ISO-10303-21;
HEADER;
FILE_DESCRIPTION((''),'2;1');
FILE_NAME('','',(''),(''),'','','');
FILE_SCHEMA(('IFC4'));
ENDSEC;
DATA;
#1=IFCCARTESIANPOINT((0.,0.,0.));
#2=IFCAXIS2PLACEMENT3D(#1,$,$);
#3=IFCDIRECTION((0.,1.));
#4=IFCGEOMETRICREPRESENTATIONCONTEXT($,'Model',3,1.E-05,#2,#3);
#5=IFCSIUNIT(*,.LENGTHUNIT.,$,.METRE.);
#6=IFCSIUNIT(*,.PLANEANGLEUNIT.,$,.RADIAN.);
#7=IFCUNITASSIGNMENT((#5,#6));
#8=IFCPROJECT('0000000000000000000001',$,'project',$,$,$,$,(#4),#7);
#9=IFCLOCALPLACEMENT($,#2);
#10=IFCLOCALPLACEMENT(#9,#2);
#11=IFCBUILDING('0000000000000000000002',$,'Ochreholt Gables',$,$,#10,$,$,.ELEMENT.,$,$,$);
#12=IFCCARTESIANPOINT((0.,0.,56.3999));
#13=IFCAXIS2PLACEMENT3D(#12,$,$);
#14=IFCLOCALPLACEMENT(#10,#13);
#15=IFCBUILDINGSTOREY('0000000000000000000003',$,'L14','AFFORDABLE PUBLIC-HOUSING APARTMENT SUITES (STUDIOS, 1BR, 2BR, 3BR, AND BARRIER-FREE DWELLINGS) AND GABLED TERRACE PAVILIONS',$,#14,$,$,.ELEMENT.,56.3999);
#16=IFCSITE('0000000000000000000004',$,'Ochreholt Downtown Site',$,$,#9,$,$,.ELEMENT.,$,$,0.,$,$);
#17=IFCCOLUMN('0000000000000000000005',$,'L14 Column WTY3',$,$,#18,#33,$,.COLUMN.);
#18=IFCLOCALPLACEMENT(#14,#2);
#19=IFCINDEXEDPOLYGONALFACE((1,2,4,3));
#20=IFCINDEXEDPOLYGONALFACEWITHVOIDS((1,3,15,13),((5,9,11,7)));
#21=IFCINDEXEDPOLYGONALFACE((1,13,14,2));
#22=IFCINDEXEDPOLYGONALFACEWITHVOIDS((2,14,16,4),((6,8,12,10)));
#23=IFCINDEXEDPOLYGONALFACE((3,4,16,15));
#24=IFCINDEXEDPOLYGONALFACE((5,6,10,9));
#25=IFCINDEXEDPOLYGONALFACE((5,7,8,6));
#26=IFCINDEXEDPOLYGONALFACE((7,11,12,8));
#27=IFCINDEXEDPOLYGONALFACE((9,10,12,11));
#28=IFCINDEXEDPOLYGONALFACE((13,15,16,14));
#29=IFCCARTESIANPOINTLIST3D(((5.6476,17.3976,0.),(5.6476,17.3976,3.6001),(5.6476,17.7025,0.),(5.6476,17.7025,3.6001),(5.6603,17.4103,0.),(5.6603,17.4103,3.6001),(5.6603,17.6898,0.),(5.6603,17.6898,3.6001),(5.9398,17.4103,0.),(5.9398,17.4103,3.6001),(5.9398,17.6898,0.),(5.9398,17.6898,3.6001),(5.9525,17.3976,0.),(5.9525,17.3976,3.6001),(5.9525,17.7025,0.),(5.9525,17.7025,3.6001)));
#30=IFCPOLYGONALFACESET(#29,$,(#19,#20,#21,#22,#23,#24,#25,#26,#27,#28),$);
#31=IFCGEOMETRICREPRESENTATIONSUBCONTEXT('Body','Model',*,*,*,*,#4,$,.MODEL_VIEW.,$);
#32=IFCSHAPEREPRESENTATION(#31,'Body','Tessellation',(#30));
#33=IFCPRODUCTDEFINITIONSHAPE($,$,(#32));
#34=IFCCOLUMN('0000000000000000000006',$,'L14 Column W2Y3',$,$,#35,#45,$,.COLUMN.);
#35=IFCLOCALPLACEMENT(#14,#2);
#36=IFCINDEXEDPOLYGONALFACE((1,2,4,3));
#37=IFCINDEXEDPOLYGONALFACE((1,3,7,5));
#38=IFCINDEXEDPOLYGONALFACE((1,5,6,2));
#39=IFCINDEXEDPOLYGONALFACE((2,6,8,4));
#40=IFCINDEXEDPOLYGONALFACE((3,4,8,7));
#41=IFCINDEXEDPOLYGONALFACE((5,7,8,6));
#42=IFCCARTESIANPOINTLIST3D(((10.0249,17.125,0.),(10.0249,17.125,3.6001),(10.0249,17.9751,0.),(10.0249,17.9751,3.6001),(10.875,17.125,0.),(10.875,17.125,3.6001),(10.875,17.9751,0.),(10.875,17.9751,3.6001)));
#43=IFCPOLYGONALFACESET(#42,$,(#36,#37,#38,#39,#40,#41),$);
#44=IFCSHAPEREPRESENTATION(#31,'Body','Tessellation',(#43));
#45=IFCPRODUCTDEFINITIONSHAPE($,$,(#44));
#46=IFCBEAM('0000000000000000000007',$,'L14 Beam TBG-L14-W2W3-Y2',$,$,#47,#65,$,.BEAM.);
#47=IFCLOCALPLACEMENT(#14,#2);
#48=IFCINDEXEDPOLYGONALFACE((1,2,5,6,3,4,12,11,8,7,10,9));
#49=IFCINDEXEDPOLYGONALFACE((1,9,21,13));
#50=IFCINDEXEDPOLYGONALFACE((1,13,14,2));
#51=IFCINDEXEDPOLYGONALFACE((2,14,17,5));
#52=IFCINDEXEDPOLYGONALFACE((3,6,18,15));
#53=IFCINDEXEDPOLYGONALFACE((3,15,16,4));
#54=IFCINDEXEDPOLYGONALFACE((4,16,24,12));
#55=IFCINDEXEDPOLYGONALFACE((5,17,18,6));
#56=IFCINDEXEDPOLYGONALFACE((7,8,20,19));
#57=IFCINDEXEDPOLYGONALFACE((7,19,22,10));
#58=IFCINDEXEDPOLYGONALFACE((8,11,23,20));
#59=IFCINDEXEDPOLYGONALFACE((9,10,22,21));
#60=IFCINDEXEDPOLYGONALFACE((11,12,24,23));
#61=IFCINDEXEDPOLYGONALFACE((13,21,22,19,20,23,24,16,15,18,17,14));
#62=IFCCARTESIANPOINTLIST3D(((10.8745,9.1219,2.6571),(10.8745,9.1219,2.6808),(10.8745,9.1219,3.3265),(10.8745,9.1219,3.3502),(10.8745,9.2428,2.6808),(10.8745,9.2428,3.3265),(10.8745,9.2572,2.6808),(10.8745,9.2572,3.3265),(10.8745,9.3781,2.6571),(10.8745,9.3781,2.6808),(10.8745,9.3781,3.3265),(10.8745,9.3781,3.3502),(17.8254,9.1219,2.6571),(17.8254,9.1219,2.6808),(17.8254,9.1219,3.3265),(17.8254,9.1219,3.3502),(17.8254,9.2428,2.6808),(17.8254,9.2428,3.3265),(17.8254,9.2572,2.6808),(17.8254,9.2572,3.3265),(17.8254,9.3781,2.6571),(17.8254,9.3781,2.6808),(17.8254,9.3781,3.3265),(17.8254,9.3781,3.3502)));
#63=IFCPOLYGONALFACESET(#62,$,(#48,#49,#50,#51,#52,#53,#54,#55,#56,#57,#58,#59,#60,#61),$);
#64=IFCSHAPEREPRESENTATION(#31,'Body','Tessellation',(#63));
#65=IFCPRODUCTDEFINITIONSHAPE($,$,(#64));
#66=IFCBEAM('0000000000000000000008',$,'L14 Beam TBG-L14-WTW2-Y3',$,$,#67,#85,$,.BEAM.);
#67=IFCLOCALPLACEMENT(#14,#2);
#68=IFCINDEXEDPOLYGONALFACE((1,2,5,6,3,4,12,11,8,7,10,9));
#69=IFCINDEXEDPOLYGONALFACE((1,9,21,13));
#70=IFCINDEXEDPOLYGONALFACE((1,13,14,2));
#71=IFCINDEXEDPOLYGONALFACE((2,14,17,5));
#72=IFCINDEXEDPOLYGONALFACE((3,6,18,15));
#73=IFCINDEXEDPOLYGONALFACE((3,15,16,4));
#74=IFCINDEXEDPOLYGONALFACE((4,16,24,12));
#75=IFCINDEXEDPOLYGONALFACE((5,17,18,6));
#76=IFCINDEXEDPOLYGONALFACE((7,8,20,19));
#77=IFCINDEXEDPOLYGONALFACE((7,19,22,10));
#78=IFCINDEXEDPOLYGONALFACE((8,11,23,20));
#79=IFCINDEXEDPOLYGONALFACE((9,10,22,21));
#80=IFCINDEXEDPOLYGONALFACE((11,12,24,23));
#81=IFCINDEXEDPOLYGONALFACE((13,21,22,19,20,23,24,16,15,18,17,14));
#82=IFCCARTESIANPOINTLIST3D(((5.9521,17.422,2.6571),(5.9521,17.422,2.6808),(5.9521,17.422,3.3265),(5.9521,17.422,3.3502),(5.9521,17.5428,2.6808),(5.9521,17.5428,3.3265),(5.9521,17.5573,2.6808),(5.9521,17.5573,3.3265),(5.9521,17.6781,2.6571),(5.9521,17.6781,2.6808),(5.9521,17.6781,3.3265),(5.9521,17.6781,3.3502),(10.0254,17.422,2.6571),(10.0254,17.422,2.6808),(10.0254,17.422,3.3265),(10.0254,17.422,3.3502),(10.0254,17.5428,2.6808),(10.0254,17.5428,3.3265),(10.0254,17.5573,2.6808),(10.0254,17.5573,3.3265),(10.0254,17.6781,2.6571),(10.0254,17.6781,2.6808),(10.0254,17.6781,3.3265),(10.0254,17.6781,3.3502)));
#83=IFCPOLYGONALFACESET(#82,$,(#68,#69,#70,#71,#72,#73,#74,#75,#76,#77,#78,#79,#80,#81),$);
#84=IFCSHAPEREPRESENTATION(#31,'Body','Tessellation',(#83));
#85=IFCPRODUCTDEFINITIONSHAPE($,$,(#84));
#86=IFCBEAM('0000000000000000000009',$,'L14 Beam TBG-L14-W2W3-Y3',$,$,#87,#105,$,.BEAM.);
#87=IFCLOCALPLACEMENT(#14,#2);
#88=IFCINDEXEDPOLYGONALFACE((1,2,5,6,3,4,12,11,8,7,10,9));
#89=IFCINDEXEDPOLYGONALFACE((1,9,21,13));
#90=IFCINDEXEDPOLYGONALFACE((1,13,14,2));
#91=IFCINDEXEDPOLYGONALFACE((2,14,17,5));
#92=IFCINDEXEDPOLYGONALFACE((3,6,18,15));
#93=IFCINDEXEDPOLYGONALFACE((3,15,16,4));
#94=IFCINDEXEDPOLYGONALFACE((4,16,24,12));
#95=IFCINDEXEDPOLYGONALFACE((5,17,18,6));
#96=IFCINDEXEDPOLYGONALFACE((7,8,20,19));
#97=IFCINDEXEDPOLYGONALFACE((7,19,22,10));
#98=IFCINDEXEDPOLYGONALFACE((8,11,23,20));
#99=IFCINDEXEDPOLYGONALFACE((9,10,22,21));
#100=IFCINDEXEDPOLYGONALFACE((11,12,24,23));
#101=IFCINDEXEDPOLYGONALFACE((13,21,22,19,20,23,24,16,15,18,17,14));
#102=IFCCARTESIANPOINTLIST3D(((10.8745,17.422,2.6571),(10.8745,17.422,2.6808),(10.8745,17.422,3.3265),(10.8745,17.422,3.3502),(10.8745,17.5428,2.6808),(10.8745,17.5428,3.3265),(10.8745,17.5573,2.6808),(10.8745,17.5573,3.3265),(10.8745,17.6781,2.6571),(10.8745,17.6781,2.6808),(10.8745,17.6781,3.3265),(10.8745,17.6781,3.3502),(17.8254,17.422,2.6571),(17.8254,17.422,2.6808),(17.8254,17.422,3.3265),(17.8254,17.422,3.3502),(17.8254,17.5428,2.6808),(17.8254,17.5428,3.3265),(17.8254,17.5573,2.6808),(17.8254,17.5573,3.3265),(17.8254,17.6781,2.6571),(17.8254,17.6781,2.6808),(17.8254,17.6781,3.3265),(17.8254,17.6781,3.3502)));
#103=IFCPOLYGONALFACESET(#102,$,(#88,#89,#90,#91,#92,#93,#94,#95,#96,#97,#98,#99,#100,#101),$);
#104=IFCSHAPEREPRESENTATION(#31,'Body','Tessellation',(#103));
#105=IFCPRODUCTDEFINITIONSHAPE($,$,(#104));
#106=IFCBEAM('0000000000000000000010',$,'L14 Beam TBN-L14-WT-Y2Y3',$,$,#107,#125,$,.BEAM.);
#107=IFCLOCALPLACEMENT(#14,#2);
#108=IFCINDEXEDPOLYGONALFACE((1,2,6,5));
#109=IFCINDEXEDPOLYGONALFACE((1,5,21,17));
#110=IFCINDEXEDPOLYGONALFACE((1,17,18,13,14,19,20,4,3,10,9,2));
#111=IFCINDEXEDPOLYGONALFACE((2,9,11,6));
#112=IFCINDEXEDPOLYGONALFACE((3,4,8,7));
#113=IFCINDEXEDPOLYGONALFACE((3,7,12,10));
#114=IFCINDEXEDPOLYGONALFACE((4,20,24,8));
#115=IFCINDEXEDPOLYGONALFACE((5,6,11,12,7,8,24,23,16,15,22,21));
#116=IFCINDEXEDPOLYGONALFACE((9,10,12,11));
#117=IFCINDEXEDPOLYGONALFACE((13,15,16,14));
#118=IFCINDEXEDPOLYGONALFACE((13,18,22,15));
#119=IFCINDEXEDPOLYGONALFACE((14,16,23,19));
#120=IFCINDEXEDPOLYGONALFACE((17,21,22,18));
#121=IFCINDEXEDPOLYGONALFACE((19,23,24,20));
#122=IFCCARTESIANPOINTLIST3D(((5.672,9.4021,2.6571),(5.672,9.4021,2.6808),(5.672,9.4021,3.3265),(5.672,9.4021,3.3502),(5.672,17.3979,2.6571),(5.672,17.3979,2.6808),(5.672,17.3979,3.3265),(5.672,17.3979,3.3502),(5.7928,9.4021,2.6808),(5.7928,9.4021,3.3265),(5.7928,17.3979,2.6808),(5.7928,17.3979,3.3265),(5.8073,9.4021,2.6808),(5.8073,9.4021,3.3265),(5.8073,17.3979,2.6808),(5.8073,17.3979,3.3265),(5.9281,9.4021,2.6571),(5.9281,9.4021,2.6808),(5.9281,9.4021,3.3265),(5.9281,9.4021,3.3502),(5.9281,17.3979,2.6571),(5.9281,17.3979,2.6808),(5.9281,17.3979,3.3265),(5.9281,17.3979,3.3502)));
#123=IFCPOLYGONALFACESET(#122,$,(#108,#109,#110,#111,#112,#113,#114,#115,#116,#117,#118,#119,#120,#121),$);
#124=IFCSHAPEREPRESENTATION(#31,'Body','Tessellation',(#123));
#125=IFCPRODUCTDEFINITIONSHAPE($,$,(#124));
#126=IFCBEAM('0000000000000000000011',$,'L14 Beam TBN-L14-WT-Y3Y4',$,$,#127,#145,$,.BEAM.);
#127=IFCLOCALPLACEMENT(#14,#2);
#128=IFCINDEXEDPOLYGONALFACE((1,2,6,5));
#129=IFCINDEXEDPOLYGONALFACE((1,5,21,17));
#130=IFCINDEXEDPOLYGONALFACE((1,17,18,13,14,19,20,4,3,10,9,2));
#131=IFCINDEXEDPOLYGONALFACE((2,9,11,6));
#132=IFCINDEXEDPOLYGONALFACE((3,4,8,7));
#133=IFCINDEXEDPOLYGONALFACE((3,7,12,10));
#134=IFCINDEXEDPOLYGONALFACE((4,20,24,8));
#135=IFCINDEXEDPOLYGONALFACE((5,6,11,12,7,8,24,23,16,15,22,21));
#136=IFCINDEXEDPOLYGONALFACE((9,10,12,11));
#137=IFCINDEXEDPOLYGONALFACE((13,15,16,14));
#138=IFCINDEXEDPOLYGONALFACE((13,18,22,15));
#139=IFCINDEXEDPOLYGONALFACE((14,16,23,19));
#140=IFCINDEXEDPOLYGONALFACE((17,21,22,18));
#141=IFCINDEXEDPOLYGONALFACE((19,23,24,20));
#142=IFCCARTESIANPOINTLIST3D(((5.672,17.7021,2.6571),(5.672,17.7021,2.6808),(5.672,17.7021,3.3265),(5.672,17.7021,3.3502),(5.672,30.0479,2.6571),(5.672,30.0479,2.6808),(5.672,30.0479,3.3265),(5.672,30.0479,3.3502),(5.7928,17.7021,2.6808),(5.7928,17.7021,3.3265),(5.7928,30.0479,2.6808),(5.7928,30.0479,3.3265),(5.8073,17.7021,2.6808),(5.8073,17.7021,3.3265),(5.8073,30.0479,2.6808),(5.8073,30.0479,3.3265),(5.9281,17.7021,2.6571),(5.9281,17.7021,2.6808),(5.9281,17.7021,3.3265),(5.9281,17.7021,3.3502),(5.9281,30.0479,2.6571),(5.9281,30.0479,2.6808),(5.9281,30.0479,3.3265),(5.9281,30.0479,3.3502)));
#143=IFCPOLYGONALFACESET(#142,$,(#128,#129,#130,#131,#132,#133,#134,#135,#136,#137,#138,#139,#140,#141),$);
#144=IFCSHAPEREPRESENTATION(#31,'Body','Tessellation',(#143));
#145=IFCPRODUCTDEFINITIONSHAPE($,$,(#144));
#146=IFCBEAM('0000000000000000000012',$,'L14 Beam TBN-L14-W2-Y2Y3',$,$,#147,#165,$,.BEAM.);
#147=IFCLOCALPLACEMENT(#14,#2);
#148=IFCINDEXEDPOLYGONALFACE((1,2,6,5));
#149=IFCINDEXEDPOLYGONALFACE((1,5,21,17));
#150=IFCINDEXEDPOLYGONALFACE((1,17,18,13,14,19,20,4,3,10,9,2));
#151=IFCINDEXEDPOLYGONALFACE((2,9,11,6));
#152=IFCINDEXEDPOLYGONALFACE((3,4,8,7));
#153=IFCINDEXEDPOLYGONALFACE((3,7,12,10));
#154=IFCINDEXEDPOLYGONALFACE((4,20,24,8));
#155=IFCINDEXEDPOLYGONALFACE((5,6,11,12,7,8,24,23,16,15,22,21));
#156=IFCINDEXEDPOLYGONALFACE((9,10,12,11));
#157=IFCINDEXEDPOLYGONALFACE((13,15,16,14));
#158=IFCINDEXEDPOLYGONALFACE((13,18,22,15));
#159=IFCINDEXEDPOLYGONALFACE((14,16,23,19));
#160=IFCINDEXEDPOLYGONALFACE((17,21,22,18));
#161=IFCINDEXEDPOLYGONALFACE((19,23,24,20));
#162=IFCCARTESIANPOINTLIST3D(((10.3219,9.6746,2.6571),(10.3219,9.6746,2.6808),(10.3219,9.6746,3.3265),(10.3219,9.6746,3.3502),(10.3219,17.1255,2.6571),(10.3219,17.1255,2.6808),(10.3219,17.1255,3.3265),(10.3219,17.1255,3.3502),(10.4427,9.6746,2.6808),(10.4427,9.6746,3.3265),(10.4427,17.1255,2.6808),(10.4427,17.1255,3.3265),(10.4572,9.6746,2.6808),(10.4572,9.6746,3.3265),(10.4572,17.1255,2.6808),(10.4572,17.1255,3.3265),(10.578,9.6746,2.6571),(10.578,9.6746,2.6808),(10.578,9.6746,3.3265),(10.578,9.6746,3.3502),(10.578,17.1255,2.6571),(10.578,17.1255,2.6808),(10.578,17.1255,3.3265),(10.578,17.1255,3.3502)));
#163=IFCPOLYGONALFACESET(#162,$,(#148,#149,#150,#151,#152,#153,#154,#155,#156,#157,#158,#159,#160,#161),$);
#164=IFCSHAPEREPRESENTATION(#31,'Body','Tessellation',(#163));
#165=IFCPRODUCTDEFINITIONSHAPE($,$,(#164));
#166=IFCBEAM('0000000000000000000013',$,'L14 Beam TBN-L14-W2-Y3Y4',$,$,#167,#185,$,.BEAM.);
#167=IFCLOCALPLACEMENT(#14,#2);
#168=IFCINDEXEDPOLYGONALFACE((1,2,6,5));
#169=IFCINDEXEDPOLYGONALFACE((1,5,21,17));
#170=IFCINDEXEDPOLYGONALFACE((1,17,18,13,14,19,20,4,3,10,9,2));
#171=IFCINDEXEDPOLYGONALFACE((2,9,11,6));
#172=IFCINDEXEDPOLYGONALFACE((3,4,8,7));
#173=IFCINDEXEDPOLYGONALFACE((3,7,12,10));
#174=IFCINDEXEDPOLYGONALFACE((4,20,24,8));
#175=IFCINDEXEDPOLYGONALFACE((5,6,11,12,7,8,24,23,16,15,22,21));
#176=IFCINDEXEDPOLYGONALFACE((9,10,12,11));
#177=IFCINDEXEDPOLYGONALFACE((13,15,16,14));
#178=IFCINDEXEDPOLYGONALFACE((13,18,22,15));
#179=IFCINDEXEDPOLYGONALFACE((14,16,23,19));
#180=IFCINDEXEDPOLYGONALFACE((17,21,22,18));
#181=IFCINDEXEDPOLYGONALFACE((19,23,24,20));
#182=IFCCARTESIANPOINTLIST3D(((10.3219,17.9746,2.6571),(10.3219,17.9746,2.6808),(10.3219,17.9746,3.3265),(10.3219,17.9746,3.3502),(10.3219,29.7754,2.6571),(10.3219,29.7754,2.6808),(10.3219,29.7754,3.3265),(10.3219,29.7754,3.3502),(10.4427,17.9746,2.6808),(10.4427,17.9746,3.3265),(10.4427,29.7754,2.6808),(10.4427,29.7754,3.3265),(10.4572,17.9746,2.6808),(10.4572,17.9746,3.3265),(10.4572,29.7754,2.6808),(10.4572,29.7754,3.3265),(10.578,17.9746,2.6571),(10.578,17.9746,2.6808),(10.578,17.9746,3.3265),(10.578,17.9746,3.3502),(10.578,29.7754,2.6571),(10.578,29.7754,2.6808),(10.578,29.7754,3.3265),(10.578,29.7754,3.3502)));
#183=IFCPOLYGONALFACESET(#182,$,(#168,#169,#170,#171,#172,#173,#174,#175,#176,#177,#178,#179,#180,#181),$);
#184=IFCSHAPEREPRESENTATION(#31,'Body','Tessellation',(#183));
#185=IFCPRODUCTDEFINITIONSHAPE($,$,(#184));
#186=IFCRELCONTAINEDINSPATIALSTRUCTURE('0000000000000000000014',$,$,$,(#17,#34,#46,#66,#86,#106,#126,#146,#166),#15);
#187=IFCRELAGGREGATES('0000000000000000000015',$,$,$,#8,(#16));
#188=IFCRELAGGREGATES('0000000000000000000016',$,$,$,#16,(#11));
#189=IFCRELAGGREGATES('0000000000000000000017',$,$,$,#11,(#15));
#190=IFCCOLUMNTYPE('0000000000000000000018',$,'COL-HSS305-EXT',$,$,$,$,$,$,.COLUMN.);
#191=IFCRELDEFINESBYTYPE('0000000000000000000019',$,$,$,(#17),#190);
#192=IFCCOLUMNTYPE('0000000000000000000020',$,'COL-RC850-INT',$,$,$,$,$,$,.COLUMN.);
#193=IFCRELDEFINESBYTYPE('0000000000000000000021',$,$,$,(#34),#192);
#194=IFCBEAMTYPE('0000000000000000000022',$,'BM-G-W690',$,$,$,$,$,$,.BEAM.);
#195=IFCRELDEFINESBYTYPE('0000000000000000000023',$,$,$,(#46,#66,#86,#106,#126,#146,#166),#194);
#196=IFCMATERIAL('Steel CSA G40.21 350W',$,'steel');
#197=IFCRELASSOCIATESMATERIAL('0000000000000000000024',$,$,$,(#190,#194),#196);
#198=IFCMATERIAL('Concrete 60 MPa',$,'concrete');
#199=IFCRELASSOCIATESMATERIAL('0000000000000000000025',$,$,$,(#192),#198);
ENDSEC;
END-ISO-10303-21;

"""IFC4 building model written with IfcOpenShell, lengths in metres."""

from ifc_helpers import new_model, si_unit, direction, frame, origin, origin_2d, place, context, subcontext, project, spatial, rectangle, hollow_rectangle, i_section, extrude, material, material_profile, profile_set, type_object, element, save


model = new_model("IFC4")

# Units and contexts
model_context = context("Model", 3, precision=1e-05, world=origin(), true_north=direction((0.0, 1.0)))
body_context = subcontext(model_context, "Body", "Model", "MODEL_VIEW")
ifc_project = project(units=[si_unit("LENGTHUNIT", "METRE"), si_unit("PLANEANGLEUNIT", "RADIAN")], contexts=[model_context])

# Site, building, storey
site_placement = place(None, origin())
site = spatial("IfcSite", under=ifc_project, at=site_placement, Name="Ochreholt Downtown Site", CompositionType="ELEMENT", RefElevation=0.0)
building_placement = place(site_placement, origin())
building = spatial("IfcBuilding", under=site, at=building_placement, Name="Ochreholt Gables", CompositionType="ELEMENT")
storey_placement = place(building_placement, frame((0.0, 0.0, 56.3999)))
storey = spatial("IfcBuildingStorey", under=building, at=storey_placement, Name="L14", Description="AFFORDABLE PUBLIC-HOUSING APARTMENT SUITES (STUDIOS, 1BR, 2BR, 3BR, AND BARRIER-FREE DWELLINGS) AND GABLED TERRACE PAVILIONS", CompositionType="ELEMENT", Elevation=56.3999)

# Columns
ifc_material_1 = material(Name="Steel CSA G40.21 350W", Category="steel")
ifc_material_profile_1 = material_profile(ifc_material_1, hollow_rectangle(XDim=0.3049, YDim=0.3049, WallThickness=0.0127, at=origin_2d()), Name="HSS305X305X13")
ifc_profile_set_1 = profile_set([ifc_material_profile_1], Name="Steel CSA G40.21 350W")
column_type_1 = type_object("IfcColumnType", Name="COL-HSS305-EXT", PredefinedType="COLUMN", material=ifc_profile_set_1)
column_1_placement = place(storey_placement, frame((5.8, 17.55, 0.0), z_axis=(0.0, 0.0, 1.0), x_axis=(1.0, 0.0, 0.0)))
element("IfcColumn", 1, at=column_1_placement, inside=storey, type_object=column_type_1, Name="L14 Column WTY3", PredefinedType="COLUMN", context=body_context, shape_type="SweptSolid", body=[
    extrude(hollow_rectangle(XDim=0.3049, YDim=0.3049, WallThickness=0.0127, at=origin_2d()), origin(), (0.0, 0.0, 1.0), 3.6001),
])
ifc_material_2 = material(Name="Concrete 60 MPa", Category="concrete")
ifc_material_profile_2 = material_profile(ifc_material_2, rectangle(XDim=0.8501, YDim=0.8501, at=origin_2d()), Name="RC850X850")
ifc_profile_set_2 = profile_set([ifc_material_profile_2], Name="Concrete 60 MPa")
column_type_2 = type_object("IfcColumnType", Name="COL-RC850-INT", PredefinedType="COLUMN", material=ifc_profile_set_2)
column_2_placement = place(storey_placement, frame((10.45, 17.55, 0.0), z_axis=(0.0, 0.0, 1.0), x_axis=(1.0, 0.0, 0.0)))
element("IfcColumn", 2, at=column_2_placement, inside=storey, type_object=column_type_2, Name="L14 Column W2Y3", PredefinedType="COLUMN", context=body_context, shape_type="SweptSolid", body=[
    extrude(rectangle(XDim=0.8501, YDim=0.8501, at=origin_2d()), origin(), (0.0, 0.0, 1.0), 3.6001),
])

# Beams
ifc_material_profile_3 = material_profile(ifc_material_1, i_section(OverallWidth=0.2561, OverallDepth=0.6931, WebThickness=0.0144, FlangeThickness=0.0237, at=origin_2d()), Name="W690X170")
ifc_profile_set_3 = profile_set([ifc_material_profile_3], Name="Steel CSA G40.21 350W")
beam_type_1 = type_object("IfcBeamType", Name="BM-G-W690", PredefinedType="BEAM", material=ifc_profile_set_3)
beam_1_placement = place(storey_placement, frame((10.8745, 9.25, 3.0037), z_axis=(1.0, 0.0, 0.0), x_axis=(0.0, 1.0, 0.0)))
element("IfcBeam", 3, at=beam_1_placement, inside=storey, type_object=beam_type_1, Name="L14 Beam TBG-L14-W2W3-Y2", PredefinedType="BEAM", context=body_context, shape_type="SweptSolid", body=[
    extrude(i_section(OverallWidth=0.2561, OverallDepth=0.6931, WebThickness=0.0144, FlangeThickness=0.0237, at=origin_2d()), origin(), (0.0, 0.0, 1.0), 6.9509),
])
beam_2_placement = place(storey_placement, frame((5.9521, 17.55, 3.0037), z_axis=(1.0, 0.0, 0.0), x_axis=(0.0, 1.0, 0.0)))
element("IfcBeam", 4, at=beam_2_placement, inside=storey, type_object=beam_type_1, Name="L14 Beam TBG-L14-WTW2-Y3", PredefinedType="BEAM", context=body_context, shape_type="SweptSolid", body=[
    extrude(i_section(OverallWidth=0.2561, OverallDepth=0.6931, WebThickness=0.0144, FlangeThickness=0.0237, at=origin_2d()), origin(), (0.0, 0.0, 1.0), 4.0732),
])
beam_3_placement = place(storey_placement, frame((10.8745, 17.55, 3.0037), z_axis=(1.0, 0.0, 0.0), x_axis=(0.0, 1.0, 0.0)))
element("IfcBeam", 5, at=beam_3_placement, inside=storey, type_object=beam_type_1, Name="L14 Beam TBG-L14-W2W3-Y3", PredefinedType="BEAM", context=body_context, shape_type="SweptSolid", body=[
    extrude(i_section(OverallWidth=0.2561, OverallDepth=0.6931, WebThickness=0.0144, FlangeThickness=0.0237, at=origin_2d()), origin(), (0.0, 0.0, 1.0), 6.9509),
])
beam_4_placement = place(storey_placement, frame((5.8, 9.4021, 3.0037), z_axis=(0.0, 1.0, 0.0), x_axis=(-1.0, 0.0, 0.0)))
element("IfcBeam", 6, at=beam_4_placement, inside=storey, type_object=beam_type_1, Name="L14 Beam TBN-L14-WT-Y2Y3", PredefinedType="BEAM", context=body_context, shape_type="SweptSolid", body=[
    extrude(i_section(OverallWidth=0.2561, OverallDepth=0.6931, WebThickness=0.0144, FlangeThickness=0.0237, at=origin_2d()), origin(), (0.0, 0.0, 1.0), 7.9958),
])
beam_5_placement = place(storey_placement, frame((5.8, 17.7021, 3.0037), z_axis=(0.0, 1.0, 0.0), x_axis=(-1.0, 0.0, 0.0)))
element("IfcBeam", 7, at=beam_5_placement, inside=storey, type_object=beam_type_1, Name="L14 Beam TBN-L14-WT-Y3Y4", PredefinedType="BEAM", context=body_context, shape_type="SweptSolid", body=[
    extrude(i_section(OverallWidth=0.2561, OverallDepth=0.6931, WebThickness=0.0144, FlangeThickness=0.0237, at=origin_2d()), origin(), (0.0, 0.0, 1.0), 12.3457),
])
beam_6_placement = place(storey_placement, frame((10.45, 9.6746, 3.0037), z_axis=(0.0, 1.0, 0.0), x_axis=(-1.0, 0.0, 0.0)))
element("IfcBeam", 8, at=beam_6_placement, inside=storey, type_object=beam_type_1, Name="L14 Beam TBN-L14-W2-Y2Y3", PredefinedType="BEAM", context=body_context, shape_type="SweptSolid", body=[
    extrude(i_section(OverallWidth=0.2561, OverallDepth=0.6931, WebThickness=0.0144, FlangeThickness=0.0237, at=origin_2d()), origin(), (0.0, 0.0, 1.0), 7.4509),
])
beam_7_placement = place(storey_placement, frame((10.45, 17.9746, 3.0037), z_axis=(0.0, 1.0, 0.0), x_axis=(-1.0, 0.0, 0.0)))
element("IfcBeam", 9, at=beam_7_placement, inside=storey, type_object=beam_type_1, Name="L14 Beam TBN-L14-W2-Y3Y4", PredefinedType="BEAM", context=body_context, shape_type="SweptSolid", body=[
    extrude(i_section(OverallWidth=0.2561, OverallDepth=0.6931, WebThickness=0.0144, FlangeThickness=0.0237, at=origin_2d()), origin(), (0.0, 0.0, 1.0), 11.8008),
])

save(model, "model.ifc")
